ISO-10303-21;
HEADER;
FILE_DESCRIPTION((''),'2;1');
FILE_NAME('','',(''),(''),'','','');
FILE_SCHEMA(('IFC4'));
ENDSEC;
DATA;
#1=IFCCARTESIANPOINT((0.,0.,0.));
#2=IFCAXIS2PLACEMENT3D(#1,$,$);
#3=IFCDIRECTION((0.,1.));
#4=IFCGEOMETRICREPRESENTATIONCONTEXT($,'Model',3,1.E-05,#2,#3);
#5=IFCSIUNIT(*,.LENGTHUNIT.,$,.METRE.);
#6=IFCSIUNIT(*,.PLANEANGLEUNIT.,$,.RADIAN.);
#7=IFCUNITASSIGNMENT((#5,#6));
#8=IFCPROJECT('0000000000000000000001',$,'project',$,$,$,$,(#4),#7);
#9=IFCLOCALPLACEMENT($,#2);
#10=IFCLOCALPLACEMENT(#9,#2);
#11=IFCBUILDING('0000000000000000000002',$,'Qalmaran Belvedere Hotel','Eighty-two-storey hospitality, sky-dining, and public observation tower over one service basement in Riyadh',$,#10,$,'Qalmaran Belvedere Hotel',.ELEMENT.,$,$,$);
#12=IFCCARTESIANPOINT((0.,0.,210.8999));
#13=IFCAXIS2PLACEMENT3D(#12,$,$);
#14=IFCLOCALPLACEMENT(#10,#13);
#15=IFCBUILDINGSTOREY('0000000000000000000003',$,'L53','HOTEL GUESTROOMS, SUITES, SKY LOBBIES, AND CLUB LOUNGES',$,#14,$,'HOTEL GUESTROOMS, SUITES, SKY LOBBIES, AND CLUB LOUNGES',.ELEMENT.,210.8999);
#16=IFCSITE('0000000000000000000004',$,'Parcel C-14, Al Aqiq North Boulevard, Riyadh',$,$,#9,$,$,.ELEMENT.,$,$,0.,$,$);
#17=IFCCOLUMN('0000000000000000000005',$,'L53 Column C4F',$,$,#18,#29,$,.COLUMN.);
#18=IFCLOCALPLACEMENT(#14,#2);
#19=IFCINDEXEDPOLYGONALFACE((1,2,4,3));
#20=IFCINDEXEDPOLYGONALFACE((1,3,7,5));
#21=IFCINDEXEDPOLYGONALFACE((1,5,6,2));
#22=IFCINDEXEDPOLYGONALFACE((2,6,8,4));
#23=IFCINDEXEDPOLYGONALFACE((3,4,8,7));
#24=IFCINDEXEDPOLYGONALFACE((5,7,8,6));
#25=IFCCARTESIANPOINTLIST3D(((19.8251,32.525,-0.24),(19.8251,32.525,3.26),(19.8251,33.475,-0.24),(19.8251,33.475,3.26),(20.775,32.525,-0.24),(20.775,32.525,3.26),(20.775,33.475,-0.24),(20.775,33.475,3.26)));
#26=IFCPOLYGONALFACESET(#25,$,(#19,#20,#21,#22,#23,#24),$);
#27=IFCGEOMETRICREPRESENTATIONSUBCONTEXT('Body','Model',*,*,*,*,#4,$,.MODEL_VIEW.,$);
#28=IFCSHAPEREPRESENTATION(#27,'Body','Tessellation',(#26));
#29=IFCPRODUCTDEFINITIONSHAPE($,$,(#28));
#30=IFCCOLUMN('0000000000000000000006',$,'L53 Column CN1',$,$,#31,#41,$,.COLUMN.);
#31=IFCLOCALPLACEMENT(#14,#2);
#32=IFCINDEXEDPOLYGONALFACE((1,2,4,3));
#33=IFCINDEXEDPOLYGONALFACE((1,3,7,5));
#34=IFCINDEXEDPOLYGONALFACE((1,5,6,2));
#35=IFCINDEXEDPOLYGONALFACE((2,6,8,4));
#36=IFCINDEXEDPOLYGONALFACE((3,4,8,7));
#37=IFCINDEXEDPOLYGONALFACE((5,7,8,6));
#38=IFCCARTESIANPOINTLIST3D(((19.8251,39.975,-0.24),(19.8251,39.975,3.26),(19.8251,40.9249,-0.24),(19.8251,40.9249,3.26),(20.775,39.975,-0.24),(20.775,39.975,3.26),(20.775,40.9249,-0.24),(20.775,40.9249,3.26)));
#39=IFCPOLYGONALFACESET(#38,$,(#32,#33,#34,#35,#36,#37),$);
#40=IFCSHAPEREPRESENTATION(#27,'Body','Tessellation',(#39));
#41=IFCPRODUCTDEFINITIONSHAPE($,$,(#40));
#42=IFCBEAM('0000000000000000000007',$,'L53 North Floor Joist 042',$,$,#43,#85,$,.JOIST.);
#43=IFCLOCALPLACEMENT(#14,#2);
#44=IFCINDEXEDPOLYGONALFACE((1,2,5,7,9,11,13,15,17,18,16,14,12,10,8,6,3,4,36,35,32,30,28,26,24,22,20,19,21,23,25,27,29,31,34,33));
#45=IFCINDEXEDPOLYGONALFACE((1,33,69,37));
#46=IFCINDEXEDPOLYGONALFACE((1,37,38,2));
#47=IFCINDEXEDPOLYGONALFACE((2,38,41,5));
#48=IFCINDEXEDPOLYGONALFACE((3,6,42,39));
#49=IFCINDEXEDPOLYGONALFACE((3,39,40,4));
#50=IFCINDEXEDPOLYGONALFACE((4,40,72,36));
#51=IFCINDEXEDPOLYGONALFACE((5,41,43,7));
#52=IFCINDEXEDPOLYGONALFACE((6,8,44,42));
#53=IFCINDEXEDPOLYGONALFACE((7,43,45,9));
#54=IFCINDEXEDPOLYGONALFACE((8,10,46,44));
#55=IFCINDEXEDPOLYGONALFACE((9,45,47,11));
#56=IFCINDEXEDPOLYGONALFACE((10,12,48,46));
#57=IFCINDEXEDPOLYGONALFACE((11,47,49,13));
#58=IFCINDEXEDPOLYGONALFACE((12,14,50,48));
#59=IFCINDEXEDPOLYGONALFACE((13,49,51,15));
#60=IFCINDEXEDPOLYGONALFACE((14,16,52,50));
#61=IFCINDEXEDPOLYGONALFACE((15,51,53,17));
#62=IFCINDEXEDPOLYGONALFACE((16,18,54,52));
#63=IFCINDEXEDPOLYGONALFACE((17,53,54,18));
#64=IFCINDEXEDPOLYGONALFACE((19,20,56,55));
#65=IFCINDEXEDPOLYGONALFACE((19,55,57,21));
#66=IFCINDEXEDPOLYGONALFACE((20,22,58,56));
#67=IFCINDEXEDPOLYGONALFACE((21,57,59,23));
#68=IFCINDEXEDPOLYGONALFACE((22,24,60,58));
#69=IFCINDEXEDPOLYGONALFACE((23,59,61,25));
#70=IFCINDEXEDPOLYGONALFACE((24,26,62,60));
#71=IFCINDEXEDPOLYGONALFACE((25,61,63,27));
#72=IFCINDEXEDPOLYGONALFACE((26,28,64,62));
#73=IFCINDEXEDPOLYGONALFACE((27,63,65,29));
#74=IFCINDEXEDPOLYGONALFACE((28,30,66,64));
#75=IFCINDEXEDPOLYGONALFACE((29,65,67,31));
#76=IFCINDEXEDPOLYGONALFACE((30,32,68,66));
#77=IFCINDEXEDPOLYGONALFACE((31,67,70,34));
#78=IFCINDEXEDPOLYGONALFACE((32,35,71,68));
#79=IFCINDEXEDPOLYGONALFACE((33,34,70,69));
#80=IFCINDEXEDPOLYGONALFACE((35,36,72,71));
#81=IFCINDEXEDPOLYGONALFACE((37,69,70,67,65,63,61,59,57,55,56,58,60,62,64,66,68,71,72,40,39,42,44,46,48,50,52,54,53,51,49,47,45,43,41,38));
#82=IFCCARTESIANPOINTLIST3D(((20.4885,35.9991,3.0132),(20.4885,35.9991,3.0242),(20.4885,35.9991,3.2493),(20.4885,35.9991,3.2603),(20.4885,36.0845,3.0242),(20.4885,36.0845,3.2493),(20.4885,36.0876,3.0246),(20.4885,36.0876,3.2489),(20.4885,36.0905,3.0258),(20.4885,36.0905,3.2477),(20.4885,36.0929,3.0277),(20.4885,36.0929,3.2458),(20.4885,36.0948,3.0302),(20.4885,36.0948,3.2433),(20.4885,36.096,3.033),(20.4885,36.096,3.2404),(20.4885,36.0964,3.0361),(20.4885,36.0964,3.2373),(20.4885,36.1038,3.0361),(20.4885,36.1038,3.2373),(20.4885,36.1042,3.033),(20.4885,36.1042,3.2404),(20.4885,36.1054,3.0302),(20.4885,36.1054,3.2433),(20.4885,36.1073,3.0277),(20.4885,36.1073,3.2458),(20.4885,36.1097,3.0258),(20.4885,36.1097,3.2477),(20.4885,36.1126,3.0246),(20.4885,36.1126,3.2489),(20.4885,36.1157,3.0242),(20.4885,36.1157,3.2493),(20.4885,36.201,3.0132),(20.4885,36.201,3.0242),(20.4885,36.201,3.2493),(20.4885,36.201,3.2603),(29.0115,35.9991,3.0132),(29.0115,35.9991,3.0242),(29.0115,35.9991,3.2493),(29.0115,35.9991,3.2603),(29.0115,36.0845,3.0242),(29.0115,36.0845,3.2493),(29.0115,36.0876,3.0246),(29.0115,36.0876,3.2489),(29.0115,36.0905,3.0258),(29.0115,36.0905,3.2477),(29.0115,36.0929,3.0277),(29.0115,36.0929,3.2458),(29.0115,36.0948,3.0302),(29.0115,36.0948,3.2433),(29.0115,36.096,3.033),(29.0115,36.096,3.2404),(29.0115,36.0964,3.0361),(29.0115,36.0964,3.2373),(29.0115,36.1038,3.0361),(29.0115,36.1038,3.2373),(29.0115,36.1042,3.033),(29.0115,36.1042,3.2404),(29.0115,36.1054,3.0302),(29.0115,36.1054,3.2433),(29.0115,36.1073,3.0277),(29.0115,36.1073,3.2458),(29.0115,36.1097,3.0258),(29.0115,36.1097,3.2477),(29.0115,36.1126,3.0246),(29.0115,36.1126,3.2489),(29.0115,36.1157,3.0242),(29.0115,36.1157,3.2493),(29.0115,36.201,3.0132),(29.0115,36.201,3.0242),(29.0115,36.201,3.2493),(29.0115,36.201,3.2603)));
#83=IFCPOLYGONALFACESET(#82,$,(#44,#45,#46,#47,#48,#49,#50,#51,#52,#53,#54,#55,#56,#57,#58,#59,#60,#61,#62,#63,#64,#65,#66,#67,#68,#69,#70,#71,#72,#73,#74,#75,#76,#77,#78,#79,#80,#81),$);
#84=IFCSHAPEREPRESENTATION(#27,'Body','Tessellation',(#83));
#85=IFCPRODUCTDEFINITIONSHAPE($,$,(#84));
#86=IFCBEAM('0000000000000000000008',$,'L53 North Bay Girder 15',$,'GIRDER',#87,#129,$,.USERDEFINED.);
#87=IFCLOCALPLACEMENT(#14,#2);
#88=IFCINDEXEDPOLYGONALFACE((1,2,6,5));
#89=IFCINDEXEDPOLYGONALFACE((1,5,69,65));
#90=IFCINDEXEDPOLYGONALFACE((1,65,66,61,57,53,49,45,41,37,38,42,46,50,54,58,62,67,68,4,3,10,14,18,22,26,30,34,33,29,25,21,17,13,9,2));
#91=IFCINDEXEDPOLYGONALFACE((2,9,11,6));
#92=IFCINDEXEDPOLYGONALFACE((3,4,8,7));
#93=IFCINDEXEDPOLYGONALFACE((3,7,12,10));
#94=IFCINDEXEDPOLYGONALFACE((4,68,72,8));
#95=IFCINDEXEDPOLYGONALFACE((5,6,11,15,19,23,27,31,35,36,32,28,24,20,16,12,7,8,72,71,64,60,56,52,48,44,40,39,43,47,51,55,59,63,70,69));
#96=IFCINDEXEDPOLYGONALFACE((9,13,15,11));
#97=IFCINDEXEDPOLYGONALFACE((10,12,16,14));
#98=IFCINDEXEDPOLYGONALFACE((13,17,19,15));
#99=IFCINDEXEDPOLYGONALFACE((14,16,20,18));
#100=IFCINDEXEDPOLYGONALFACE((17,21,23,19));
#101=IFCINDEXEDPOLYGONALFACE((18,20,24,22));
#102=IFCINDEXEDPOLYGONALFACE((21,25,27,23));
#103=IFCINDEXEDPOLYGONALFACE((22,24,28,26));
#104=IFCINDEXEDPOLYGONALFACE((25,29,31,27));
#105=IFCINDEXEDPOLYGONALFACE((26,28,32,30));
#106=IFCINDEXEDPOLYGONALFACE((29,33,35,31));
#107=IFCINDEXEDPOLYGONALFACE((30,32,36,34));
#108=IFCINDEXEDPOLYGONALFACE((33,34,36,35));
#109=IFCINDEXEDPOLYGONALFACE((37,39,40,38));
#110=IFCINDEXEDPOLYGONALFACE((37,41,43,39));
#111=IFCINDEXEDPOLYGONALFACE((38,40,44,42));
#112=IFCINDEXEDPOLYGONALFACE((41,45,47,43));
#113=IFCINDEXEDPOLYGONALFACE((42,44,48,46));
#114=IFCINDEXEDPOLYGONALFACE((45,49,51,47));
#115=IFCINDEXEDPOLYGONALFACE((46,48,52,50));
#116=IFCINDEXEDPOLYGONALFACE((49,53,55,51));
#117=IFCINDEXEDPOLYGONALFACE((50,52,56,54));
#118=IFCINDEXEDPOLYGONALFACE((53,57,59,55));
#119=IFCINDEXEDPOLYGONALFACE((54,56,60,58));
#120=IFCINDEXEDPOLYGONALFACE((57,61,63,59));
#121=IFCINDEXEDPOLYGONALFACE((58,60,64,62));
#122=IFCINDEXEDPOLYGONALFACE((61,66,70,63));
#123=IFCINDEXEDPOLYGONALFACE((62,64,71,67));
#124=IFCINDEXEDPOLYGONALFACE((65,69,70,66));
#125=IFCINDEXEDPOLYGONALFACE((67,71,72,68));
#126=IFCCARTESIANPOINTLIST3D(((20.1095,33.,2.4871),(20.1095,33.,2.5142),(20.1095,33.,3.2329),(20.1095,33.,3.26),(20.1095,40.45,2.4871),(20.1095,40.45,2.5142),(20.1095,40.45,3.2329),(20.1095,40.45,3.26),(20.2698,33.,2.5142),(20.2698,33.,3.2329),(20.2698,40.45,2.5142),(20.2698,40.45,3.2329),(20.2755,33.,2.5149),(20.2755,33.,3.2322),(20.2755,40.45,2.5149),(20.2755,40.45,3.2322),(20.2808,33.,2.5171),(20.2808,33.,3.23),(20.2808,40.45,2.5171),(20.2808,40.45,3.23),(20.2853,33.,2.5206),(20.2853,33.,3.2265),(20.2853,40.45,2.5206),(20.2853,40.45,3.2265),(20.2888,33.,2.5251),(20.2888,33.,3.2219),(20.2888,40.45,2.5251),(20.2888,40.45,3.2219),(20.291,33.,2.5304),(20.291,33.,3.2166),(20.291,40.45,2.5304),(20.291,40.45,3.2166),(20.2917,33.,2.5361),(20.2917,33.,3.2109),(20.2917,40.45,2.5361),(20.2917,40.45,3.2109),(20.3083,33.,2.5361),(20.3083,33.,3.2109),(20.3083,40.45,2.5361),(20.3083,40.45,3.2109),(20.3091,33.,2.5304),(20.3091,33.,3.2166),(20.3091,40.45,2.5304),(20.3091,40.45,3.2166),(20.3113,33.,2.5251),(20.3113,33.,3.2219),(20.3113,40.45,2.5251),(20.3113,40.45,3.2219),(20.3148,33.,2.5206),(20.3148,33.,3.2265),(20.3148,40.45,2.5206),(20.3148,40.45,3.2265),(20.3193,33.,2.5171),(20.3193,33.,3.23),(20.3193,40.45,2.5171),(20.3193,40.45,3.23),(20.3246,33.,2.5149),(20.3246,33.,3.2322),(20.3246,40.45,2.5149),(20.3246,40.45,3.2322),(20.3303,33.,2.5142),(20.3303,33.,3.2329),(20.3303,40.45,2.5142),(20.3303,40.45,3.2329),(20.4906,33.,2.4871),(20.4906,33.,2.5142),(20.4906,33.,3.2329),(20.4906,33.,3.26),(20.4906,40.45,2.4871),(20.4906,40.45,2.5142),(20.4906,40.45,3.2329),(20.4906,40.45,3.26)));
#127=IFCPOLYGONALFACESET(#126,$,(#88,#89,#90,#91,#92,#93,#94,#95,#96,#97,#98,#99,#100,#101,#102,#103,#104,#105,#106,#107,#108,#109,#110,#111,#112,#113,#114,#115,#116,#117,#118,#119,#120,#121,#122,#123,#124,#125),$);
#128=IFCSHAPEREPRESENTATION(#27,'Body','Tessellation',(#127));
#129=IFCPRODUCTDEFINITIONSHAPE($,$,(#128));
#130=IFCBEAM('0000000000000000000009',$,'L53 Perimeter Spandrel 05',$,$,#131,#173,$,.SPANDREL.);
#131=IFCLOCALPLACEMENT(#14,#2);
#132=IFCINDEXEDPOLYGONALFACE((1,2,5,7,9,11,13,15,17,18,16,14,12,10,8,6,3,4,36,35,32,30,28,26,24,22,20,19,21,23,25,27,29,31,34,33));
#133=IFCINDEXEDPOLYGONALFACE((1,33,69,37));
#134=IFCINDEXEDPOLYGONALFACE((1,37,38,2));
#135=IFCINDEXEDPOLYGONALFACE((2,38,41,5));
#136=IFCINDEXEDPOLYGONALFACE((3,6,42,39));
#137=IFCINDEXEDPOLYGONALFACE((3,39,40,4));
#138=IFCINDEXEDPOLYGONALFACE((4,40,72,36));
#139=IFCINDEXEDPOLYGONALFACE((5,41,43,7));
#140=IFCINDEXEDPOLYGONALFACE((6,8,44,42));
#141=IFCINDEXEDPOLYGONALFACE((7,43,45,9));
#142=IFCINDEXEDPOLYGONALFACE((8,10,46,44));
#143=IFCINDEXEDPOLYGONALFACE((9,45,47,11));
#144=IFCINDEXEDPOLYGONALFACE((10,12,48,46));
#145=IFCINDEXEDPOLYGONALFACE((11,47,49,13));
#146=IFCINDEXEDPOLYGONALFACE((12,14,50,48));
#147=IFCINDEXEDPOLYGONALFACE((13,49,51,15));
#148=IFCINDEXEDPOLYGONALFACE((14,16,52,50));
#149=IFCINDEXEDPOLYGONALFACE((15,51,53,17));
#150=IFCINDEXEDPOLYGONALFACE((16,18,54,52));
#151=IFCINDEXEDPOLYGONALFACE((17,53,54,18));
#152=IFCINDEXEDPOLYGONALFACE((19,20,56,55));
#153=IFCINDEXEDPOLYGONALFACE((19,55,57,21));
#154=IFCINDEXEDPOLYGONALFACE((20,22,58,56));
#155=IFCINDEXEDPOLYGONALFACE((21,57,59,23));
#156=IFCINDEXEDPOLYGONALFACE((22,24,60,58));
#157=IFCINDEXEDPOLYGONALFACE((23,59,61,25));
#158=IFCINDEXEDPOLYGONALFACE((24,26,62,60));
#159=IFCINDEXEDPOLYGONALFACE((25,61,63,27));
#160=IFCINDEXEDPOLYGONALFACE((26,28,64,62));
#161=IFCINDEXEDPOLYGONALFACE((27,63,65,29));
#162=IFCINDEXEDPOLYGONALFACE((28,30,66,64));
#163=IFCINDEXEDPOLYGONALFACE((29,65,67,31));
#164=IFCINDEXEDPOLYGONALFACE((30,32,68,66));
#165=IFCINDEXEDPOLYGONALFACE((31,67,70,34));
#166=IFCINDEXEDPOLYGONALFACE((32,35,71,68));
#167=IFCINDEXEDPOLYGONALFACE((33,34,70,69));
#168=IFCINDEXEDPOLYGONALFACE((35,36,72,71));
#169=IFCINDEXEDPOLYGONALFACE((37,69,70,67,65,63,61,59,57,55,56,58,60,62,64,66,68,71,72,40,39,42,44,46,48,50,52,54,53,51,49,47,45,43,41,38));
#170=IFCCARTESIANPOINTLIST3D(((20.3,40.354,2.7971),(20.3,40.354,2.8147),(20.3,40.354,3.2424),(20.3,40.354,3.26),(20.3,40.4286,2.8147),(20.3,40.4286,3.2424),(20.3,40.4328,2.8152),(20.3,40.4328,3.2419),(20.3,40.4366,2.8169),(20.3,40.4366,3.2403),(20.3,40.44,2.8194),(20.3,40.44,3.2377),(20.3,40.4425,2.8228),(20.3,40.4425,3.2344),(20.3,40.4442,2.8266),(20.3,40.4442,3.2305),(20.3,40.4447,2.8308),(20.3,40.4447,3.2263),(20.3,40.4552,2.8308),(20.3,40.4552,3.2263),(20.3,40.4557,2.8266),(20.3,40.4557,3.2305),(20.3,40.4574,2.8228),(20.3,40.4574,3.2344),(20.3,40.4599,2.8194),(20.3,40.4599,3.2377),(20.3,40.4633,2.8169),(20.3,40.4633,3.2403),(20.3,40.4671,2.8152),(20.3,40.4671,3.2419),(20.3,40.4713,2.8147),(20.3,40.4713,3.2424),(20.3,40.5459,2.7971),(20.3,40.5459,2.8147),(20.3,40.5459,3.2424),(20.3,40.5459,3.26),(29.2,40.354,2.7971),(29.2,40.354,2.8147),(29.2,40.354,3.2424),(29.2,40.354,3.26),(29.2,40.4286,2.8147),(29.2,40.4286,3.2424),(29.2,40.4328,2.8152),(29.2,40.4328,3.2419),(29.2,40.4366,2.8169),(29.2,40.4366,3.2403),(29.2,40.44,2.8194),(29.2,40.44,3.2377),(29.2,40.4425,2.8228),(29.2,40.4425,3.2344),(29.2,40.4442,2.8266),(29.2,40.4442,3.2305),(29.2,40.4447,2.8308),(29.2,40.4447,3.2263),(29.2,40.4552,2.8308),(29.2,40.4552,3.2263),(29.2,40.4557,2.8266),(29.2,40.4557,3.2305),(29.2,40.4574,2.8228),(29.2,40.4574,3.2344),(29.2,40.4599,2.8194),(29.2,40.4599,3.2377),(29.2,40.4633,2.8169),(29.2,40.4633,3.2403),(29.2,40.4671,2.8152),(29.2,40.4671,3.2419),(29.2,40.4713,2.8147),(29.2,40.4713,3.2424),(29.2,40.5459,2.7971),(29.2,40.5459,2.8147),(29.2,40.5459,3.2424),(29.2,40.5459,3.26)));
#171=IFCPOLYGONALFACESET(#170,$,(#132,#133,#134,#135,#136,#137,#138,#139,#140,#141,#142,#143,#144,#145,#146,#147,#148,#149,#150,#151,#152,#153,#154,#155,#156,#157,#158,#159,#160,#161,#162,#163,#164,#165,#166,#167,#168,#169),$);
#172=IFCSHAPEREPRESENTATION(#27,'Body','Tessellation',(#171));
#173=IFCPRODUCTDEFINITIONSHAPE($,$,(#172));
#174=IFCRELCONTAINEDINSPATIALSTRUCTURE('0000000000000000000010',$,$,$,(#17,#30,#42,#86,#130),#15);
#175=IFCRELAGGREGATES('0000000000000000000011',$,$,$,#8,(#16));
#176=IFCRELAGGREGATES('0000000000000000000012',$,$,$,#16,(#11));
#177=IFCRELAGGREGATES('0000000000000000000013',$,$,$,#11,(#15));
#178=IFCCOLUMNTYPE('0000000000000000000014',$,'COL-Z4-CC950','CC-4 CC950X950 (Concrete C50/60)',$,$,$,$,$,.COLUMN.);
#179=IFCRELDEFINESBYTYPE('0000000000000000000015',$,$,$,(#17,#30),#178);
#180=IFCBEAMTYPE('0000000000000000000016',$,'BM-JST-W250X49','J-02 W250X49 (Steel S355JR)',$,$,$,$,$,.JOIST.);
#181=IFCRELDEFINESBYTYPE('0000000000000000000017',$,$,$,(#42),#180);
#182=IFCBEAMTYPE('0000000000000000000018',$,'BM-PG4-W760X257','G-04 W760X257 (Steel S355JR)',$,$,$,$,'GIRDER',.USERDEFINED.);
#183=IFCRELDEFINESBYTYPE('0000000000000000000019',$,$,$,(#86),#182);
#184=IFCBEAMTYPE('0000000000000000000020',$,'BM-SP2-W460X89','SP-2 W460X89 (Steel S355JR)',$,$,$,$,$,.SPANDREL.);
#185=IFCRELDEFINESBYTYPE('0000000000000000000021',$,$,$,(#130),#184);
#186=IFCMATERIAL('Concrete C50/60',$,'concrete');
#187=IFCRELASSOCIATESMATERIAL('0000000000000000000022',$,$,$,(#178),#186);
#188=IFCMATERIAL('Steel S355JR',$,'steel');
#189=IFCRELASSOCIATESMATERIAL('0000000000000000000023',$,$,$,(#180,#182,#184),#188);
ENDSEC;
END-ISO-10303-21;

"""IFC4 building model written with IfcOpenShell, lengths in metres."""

from ifc_helpers import new_model, si_unit, direction, frame, origin, origin_2d, place, context, subcontext, project, spatial, rectangle, i_section, extrude, material, material_profile, profile_set, type_object, element, save


model = new_model("IFC4")

# Units and contexts
model_context = context("Model", 3, precision=1e-05, world=origin(), true_north=direction((0.0, 1.0)))
body_context = subcontext(model_context, "Body", "Model", "MODEL_VIEW")
ifc_project = project(units=[si_unit("LENGTHUNIT", "METRE"), si_unit("PLANEANGLEUNIT", "RADIAN")], contexts=[model_context])

# Site, building, storey
site_placement = place(None, origin())
site = spatial("IfcSite", under=ifc_project, at=site_placement, Name="Parcel C-14, Al Aqiq North Boulevard, Riyadh", CompositionType="ELEMENT", RefElevation=0.0)
building_placement = place(site_placement, origin())
building = spatial("IfcBuilding", under=site, at=building_placement, Name="Qalmaran Belvedere Hotel", Description="Eighty-two-storey hospitality, sky-dining, and public observation tower over one service basement in Riyadh", LongName="Qalmaran Belvedere Hotel", CompositionType="ELEMENT")
storey_placement = place(building_placement, frame((0.0, 0.0, 210.8999)))
storey = spatial("IfcBuildingStorey", under=building, at=storey_placement, Name="L53", Description="HOTEL GUESTROOMS, SUITES, SKY LOBBIES, AND CLUB LOUNGES", LongName="HOTEL GUESTROOMS, SUITES, SKY LOBBIES, AND CLUB LOUNGES", CompositionType="ELEMENT", Elevation=210.8999)

# Columns
ifc_material_1 = material(Name="Concrete C50/60", Category="concrete")
ifc_material_profile_1 = material_profile(ifc_material_1, rectangle(XDim=0.95, YDim=0.95, at=origin_2d()), Name="CC950X950")
ifc_profile_set_1 = profile_set([ifc_material_profile_1], Name="Concrete C50/60")
column_type = type_object("IfcColumnType", Name="COL-Z4-CC950", Description="CC-4 CC950X950 (Concrete C50/60)", PredefinedType="COLUMN", material=ifc_profile_set_1)
for number, where, z_axis, x_axis, name in (
    (1, (20.3, 33.0, -0.24), (0.0, 0.0, 1.0), (1.0, 0.0, 0.0), "L53 Column C4F"),
    (2, (20.3, 40.45, -0.24), (0.0, 0.0, 1.0), (1.0, 0.0, 0.0), "L53 Column CN1"),
):
    element("IfcColumn", number, at=place(storey_placement, frame(where, z_axis=z_axis, x_axis=x_axis)), inside=storey, type_object=column_type, Name=name, PredefinedType="COLUMN", context=body_context, shape_type="SweptSolid", body=[
        extrude(rectangle(XDim=0.95, YDim=0.95, at=origin_2d()), origin(), (0.0, 0.0, 1.0), 3.5),
    ])

# Beams
ifc_material_2 = material(Name="Steel S355JR", Category="steel")
ifc_material_profile_2 = material_profile(ifc_material_2, i_section(OverallWidth=0.2019, OverallDepth=0.2471, WebThickness=0.0073, FlangeThickness=0.011, FilletRadius=0.012, at=origin_2d()), Name="W250X49")
ifc_profile_set_2 = profile_set([ifc_material_profile_2], Name="Steel S355JR")
beam_type_1 = type_object("IfcBeamType", Name="BM-JST-W250X49", Description="J-02 W250X49 (Steel S355JR)", PredefinedType="JOIST", material=ifc_profile_set_2)
beam_1_placement = place(storey_placement, frame((20.4885, 36.1001, 3.1367), z_axis=(1.0, 0.0, 0.0), x_axis=(0.0, 1.0, 0.0)))
element("IfcBeam", 3, at=beam_1_placement, inside=storey, type_object=beam_type_1, Name="L53 North Floor Joist 042", PredefinedType="JOIST", context=body_context, shape_type="SweptSolid", body=[
    extrude(i_section(OverallWidth=0.2019, OverallDepth=0.2471, WebThickness=0.0073, FlangeThickness=0.011, FilletRadius=0.012, at=origin_2d()), origin(), (0.0, 0.0, 1.0), 8.5229),
])
ifc_material_profile_3 = material_profile(ifc_material_2, i_section(OverallWidth=0.3811, OverallDepth=0.7729, WebThickness=0.0166, FlangeThickness=0.0271, FilletRadius=0.022, at=origin_2d()), Name="W760X257")
ifc_profile_set_3 = profile_set([ifc_material_profile_3], Name="Steel S355JR")
beam_type_2 = type_object("IfcBeamType", Name="BM-PG4-W760X257", Description="G-04 W760X257 (Steel S355JR)", ElementType="GIRDER", PredefinedType="USERDEFINED", material=ifc_profile_set_3)
beam_2_placement = place(storey_placement, frame((20.3, 33.0, 2.8735), z_axis=(0.0, 1.0, 0.0), x_axis=(-1.0, 0.0, 0.0)))
element("IfcBeam", 4, at=beam_2_placement, inside=storey, type_object=beam_type_2, Name="L53 North Bay Girder 15", ObjectType="GIRDER", PredefinedType="USERDEFINED", context=body_context, shape_type="SweptSolid", body=[
    extrude(i_section(OverallWidth=0.3811, OverallDepth=0.7729, WebThickness=0.0166, FlangeThickness=0.0271, FilletRadius=0.022, at=origin_2d()), origin(), (0.0, 0.0, 1.0), 7.45),
])
ifc_material_profile_4 = material_profile(ifc_material_2, i_section(OverallWidth=0.1919, OverallDepth=0.4629, WebThickness=0.0105, FlangeThickness=0.0176, FilletRadius=0.0161, at=origin_2d()), Name="W460X89")
ifc_profile_set_4 = profile_set([ifc_material_profile_4], Name="Steel S355JR")
beam_type_3 = type_object("IfcBeamType", Name="BM-SP2-W460X89", Description="SP-2 W460X89 (Steel S355JR)", PredefinedType="SPANDREL", material=ifc_profile_set_4)
beam_3_placement = place(storey_placement, frame((20.3, 40.45, 3.0286), z_axis=(1.0, 0.0, 0.0), x_axis=(0.0, 1.0, 0.0)))
element("IfcBeam", 5, at=beam_3_placement, inside=storey, type_object=beam_type_3, Name="L53 Perimeter Spandrel 05", PredefinedType="SPANDREL", context=body_context, shape_type="SweptSolid", body=[
    extrude(i_section(OverallWidth=0.1919, OverallDepth=0.4629, WebThickness=0.0105, FlangeThickness=0.0176, FilletRadius=0.0161, at=origin_2d()), origin(), (0.0, 0.0, 1.0), 8.8999),
])

save(model, "model.ifc")
